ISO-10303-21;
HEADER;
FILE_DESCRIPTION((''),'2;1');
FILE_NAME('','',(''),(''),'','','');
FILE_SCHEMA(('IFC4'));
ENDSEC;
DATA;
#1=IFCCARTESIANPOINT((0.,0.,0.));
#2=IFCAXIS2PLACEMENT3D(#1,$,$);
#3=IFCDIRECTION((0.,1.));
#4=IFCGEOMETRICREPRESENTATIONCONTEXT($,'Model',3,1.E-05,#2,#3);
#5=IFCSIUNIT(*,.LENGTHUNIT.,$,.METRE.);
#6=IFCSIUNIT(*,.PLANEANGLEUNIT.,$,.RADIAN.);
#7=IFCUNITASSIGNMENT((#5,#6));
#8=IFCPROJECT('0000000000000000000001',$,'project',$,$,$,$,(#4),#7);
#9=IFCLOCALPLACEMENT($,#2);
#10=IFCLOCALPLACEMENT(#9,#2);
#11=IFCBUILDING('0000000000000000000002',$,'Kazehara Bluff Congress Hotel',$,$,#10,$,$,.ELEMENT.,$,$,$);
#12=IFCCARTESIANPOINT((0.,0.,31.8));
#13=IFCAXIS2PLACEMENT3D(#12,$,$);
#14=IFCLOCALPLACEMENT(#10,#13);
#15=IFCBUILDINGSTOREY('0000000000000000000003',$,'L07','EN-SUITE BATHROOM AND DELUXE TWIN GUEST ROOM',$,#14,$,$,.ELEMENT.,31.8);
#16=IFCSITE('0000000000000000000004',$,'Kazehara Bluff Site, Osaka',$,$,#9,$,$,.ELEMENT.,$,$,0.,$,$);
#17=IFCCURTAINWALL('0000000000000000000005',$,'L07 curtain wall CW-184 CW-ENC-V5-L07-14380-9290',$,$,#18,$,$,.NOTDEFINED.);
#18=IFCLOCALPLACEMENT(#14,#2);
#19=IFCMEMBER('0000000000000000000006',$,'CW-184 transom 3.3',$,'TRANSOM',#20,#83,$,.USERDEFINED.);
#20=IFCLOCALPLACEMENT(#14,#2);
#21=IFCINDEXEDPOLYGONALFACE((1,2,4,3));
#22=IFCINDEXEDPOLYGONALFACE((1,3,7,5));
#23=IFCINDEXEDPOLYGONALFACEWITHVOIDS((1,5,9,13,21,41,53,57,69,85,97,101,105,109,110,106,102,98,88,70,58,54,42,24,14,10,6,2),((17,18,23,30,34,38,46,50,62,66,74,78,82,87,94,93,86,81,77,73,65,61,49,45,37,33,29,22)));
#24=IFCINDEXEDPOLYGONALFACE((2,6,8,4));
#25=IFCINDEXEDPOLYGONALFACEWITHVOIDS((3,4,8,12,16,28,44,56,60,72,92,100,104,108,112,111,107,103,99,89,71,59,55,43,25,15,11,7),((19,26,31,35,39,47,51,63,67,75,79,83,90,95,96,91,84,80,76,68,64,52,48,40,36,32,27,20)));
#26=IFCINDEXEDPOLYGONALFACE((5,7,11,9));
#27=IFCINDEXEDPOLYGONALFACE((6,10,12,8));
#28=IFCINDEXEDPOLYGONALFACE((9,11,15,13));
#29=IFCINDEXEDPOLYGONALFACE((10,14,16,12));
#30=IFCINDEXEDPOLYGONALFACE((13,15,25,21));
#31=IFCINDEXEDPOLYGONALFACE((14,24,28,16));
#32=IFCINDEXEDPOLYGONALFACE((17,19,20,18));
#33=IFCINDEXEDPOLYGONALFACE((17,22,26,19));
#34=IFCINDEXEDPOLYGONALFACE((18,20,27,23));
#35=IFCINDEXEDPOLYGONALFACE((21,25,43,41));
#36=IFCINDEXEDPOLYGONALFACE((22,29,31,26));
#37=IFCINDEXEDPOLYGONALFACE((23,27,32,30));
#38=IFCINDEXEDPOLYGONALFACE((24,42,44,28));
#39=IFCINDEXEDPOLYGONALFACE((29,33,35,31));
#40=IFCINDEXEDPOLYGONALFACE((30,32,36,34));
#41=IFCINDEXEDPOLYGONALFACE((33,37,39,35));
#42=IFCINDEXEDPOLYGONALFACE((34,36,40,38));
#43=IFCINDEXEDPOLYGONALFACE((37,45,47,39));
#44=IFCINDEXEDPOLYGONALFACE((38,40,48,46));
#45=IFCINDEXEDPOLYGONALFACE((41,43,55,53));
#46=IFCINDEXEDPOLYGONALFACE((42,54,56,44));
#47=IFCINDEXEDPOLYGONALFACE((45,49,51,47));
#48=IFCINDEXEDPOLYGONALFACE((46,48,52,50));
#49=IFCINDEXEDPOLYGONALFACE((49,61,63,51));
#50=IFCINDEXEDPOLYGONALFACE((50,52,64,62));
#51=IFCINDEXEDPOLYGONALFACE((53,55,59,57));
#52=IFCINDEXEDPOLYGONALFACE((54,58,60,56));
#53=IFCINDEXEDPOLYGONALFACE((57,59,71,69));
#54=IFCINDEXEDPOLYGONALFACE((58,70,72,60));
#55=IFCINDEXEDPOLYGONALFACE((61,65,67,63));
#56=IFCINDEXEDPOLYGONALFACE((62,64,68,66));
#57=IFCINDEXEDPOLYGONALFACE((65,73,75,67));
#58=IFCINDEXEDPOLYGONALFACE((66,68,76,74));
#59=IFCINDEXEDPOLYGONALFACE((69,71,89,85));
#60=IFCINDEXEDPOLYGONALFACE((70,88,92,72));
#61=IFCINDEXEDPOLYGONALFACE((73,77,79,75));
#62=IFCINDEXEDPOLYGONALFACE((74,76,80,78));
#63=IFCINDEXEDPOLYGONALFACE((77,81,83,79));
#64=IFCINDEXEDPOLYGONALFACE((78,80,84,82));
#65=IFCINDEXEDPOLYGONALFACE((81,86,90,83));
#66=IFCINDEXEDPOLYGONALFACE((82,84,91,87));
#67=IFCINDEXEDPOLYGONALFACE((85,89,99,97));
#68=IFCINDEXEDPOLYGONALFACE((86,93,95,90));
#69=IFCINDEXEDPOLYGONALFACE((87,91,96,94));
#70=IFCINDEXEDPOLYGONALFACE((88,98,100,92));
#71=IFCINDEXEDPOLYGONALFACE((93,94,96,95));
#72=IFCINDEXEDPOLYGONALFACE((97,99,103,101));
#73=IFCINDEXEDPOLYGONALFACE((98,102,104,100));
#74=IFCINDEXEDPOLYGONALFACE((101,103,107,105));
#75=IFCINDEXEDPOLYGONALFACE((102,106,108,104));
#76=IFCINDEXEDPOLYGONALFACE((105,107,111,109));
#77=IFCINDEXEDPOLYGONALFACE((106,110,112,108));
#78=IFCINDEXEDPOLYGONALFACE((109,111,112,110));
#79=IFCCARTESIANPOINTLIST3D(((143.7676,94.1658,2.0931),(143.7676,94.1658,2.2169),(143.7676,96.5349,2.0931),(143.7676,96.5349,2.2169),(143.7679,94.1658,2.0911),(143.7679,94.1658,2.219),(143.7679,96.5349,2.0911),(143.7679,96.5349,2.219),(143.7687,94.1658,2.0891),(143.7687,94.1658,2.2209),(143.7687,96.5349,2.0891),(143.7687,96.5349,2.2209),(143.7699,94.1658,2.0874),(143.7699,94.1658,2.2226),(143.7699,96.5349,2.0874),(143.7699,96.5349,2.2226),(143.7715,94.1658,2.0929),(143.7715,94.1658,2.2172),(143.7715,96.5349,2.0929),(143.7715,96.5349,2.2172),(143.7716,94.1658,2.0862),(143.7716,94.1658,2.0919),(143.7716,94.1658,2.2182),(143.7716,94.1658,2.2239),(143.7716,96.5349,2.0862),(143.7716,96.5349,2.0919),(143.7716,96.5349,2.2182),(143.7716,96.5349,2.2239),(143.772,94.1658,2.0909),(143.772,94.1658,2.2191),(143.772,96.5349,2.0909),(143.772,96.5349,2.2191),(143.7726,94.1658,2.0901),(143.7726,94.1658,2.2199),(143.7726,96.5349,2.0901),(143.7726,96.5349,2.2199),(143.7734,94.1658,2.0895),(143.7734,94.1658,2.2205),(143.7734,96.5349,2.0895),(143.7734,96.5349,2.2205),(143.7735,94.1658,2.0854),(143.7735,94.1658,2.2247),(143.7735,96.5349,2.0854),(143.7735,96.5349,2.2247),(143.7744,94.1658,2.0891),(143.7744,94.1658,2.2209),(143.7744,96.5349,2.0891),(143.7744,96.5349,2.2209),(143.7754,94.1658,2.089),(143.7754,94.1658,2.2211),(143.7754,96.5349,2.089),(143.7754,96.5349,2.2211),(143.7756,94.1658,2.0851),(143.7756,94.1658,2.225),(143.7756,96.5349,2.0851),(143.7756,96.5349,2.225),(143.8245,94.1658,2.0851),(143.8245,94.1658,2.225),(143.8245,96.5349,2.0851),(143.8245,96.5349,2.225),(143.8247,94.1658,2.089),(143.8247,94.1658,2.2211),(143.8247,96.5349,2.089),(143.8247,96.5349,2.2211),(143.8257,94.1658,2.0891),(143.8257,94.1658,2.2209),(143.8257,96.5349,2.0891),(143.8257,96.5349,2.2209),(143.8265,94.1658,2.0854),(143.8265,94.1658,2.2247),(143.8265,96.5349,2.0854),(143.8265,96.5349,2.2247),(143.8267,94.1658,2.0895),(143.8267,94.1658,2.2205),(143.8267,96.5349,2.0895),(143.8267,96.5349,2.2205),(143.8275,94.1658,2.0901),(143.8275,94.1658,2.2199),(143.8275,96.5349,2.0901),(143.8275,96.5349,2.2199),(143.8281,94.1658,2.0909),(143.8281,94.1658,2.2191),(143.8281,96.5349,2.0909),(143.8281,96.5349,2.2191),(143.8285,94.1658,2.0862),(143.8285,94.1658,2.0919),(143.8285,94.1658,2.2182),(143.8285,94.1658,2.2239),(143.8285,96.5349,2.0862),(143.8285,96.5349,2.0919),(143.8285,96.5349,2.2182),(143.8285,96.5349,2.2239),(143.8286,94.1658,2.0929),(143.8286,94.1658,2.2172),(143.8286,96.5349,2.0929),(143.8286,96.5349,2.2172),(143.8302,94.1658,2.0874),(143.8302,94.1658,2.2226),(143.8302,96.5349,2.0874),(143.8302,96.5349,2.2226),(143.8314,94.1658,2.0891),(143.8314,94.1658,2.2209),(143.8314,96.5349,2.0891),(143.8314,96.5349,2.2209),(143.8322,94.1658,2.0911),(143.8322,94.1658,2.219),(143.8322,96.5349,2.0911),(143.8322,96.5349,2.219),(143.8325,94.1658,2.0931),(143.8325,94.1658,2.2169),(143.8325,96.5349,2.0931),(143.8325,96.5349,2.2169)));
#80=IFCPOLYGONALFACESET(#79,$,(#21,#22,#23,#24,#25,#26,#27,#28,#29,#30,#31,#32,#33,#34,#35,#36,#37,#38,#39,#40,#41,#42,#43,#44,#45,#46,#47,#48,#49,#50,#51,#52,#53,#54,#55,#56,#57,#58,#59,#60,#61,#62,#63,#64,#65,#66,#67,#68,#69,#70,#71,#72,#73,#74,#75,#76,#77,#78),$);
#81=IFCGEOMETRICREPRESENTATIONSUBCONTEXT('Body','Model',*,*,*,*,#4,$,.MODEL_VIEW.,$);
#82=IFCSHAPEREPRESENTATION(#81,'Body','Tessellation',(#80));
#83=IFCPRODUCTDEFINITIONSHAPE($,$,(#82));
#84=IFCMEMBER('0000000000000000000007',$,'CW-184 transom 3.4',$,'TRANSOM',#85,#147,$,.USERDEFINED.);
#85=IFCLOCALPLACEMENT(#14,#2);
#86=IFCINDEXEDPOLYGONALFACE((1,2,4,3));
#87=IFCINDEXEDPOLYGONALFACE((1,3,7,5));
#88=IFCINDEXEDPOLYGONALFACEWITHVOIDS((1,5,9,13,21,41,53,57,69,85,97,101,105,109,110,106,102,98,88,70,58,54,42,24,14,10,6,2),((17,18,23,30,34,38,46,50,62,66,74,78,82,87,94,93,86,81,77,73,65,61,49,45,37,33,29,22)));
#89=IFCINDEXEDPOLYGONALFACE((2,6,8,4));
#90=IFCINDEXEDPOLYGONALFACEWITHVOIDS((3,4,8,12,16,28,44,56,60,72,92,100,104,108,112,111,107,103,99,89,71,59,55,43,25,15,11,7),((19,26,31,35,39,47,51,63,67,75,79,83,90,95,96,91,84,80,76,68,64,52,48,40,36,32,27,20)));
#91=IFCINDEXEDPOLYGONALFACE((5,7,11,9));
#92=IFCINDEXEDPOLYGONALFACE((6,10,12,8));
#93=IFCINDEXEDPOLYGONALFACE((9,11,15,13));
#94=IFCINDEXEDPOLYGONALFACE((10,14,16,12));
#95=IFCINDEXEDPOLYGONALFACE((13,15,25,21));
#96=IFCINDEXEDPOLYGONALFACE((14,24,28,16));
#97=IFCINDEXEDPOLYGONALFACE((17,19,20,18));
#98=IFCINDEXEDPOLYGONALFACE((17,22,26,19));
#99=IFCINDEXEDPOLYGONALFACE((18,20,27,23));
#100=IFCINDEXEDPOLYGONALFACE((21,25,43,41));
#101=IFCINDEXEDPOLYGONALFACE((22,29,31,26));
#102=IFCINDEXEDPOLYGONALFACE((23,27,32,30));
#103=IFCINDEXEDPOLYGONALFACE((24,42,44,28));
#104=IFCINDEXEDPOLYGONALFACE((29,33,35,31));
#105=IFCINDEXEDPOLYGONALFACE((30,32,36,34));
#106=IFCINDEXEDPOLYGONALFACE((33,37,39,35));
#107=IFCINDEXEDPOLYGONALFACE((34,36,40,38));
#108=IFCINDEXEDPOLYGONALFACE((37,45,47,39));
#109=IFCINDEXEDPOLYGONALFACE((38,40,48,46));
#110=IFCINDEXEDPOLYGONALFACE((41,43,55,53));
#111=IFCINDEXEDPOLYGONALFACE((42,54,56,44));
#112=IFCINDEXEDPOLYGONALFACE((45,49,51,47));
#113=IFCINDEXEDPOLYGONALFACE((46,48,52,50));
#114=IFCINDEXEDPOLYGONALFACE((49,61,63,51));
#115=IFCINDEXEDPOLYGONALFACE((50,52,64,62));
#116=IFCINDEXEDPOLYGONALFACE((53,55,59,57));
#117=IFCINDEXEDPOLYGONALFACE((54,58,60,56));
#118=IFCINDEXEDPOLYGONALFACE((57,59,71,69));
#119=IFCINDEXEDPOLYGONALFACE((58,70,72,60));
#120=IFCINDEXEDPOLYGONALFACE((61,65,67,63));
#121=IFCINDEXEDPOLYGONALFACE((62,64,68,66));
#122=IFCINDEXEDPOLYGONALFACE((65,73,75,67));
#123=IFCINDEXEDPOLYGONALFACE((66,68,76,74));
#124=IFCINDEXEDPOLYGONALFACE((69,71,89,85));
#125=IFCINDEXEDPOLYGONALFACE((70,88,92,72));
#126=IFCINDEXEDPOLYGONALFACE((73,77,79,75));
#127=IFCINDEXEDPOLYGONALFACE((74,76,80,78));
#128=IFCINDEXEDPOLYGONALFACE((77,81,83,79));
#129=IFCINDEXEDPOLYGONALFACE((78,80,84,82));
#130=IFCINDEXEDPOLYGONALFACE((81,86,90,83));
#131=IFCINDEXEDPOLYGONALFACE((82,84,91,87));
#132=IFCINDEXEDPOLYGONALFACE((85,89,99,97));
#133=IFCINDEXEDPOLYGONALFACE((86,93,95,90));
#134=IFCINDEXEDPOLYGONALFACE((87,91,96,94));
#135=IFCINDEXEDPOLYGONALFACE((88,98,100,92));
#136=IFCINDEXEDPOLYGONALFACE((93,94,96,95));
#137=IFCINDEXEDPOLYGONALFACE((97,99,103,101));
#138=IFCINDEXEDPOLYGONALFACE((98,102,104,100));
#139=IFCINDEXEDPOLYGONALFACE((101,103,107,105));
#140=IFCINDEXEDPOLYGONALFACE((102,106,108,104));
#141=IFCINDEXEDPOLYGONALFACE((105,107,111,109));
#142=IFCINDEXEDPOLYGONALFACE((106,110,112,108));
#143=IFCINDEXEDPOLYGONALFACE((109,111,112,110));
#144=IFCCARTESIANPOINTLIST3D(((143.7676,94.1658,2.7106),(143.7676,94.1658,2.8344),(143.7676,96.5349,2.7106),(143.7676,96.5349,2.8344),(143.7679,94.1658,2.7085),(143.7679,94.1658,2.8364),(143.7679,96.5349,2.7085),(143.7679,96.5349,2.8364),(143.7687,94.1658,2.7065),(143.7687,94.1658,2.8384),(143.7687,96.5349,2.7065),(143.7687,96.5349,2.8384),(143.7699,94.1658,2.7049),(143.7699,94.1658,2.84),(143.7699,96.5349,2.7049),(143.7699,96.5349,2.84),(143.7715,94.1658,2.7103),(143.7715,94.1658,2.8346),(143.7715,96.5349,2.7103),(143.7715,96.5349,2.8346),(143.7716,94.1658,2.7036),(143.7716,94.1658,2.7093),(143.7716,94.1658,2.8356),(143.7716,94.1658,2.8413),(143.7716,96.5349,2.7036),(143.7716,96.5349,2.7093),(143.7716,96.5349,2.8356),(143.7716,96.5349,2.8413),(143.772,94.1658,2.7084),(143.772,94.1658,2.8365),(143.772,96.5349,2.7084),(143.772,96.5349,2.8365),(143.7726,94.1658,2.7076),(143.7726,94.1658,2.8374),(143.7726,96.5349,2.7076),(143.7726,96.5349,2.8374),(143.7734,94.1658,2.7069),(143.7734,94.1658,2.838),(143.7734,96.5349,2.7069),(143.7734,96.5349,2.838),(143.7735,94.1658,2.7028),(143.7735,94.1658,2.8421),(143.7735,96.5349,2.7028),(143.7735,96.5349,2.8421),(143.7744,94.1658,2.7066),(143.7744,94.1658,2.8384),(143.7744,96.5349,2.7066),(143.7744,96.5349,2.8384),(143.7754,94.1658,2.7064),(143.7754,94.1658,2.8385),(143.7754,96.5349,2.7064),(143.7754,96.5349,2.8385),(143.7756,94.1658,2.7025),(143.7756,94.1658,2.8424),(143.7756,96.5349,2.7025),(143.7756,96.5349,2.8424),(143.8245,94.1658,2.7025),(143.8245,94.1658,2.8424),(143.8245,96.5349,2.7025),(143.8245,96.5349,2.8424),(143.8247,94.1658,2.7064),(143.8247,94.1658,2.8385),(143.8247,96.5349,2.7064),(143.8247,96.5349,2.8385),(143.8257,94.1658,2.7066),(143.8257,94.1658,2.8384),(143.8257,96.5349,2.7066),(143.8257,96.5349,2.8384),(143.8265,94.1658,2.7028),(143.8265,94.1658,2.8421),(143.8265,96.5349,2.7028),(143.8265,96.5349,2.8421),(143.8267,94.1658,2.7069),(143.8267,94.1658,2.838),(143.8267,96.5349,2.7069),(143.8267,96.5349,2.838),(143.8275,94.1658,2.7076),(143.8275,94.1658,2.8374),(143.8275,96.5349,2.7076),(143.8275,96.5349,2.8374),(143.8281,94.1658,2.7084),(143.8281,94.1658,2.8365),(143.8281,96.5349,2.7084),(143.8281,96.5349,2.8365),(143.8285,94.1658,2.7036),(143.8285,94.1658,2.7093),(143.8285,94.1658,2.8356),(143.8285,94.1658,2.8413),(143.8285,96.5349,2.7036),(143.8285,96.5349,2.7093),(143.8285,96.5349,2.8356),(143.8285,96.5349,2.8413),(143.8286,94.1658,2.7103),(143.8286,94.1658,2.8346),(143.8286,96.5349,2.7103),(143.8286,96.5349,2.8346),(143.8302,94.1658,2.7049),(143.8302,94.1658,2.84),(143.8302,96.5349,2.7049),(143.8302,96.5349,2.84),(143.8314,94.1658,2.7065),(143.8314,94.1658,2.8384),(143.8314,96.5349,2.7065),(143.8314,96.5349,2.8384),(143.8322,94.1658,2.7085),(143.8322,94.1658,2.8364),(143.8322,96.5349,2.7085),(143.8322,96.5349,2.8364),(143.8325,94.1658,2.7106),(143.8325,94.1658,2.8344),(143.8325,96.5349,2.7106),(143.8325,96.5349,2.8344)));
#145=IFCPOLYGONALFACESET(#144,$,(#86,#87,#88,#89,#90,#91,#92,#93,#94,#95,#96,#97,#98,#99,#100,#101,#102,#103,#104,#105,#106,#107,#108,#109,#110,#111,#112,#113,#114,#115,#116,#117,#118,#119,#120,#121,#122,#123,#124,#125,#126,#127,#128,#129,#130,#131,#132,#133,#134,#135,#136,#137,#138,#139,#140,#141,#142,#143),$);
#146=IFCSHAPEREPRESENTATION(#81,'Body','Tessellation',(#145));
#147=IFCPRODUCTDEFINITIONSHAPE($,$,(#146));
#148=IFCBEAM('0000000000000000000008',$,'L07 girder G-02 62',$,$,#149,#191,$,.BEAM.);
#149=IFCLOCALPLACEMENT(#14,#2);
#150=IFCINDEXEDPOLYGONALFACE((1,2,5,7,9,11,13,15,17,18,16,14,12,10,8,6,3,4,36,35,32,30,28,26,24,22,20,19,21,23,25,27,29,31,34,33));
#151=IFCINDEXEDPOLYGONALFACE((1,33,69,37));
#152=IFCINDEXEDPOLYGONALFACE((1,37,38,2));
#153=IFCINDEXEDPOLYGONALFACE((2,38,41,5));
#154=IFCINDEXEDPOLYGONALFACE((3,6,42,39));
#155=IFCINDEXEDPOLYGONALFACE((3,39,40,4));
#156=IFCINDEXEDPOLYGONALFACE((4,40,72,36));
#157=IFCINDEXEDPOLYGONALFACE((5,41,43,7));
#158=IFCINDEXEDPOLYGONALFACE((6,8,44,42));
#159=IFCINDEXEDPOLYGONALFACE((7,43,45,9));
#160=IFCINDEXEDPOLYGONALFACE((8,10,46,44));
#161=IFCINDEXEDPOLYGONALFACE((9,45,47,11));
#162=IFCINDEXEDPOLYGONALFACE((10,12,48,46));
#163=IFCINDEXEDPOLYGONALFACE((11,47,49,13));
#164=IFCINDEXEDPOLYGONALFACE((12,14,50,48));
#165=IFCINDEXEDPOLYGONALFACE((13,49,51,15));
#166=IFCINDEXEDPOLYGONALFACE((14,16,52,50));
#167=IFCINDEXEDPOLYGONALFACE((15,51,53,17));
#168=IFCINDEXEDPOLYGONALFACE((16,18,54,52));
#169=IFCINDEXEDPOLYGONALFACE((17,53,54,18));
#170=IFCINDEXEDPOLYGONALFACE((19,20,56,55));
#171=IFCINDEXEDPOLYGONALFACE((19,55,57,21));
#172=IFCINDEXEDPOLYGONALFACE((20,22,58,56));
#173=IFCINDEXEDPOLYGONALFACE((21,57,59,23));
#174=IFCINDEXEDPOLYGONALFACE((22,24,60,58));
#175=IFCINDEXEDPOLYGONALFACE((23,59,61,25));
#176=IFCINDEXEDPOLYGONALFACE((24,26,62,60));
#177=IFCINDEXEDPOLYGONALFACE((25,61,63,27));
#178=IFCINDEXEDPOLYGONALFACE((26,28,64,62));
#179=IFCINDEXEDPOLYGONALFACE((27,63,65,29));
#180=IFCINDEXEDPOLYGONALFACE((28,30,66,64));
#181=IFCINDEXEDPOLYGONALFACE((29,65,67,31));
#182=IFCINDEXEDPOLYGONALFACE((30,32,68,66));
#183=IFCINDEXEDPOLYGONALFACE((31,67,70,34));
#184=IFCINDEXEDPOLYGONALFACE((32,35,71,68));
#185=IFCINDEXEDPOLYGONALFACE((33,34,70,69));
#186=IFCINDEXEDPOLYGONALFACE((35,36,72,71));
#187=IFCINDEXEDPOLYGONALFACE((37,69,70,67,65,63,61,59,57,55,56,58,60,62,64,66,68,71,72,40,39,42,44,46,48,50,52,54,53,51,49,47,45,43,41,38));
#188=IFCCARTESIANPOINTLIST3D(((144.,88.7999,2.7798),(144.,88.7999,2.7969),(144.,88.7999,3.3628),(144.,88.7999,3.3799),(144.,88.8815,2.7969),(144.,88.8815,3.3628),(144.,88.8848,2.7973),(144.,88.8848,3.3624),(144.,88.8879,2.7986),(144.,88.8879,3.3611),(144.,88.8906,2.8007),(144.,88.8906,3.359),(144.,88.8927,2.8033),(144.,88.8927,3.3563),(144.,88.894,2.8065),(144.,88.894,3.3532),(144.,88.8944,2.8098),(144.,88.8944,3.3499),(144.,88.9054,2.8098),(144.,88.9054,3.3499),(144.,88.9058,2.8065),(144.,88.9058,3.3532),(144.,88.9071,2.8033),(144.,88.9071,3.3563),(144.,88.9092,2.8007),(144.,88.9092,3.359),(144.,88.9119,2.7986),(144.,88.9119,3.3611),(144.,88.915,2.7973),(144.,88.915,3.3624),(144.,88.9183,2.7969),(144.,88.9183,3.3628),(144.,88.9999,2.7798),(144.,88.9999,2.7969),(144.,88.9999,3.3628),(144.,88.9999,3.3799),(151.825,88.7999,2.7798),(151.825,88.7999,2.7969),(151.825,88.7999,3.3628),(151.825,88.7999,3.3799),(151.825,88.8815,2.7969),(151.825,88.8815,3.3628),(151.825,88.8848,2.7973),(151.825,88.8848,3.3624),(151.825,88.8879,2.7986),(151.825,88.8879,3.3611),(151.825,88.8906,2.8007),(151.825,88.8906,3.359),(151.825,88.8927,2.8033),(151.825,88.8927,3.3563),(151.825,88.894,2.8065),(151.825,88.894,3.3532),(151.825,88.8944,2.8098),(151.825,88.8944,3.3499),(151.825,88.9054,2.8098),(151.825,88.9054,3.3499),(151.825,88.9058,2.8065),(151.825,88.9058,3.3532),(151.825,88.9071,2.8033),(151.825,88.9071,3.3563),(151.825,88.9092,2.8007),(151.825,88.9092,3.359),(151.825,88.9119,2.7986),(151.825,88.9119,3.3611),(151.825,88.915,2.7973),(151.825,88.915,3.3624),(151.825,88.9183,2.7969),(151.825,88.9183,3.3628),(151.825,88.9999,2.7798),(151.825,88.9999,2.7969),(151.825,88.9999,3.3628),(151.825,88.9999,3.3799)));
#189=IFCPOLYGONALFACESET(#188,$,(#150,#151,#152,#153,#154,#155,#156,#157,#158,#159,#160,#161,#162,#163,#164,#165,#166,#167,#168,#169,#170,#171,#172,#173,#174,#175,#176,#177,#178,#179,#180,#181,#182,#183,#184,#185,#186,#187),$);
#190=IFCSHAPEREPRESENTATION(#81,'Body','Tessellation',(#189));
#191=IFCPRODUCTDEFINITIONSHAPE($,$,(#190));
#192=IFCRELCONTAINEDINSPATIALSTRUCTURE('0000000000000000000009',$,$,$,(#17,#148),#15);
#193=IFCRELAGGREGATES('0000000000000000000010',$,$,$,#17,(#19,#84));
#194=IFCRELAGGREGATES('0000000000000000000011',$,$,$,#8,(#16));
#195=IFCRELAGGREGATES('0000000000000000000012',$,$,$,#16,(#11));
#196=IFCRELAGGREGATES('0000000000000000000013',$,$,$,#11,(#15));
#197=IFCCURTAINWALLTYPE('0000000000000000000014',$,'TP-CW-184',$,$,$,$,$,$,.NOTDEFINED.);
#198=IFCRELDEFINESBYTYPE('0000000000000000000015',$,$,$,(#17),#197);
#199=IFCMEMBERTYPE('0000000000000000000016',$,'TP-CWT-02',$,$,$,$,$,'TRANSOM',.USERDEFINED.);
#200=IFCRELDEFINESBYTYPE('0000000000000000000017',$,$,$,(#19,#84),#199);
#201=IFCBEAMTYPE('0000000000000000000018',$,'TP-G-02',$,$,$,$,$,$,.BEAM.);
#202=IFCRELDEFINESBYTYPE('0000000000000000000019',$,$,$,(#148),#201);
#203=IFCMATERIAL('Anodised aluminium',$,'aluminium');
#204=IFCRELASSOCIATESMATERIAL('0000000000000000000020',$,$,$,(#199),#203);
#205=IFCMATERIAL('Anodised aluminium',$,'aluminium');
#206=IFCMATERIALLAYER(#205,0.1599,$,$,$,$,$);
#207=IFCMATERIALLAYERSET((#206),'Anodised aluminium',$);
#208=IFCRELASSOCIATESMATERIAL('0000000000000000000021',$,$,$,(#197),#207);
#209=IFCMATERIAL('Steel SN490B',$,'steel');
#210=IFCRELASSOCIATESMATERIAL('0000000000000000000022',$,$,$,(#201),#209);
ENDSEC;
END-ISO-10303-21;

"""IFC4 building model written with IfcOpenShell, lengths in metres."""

from ifc_helpers import new_model, si_unit, direction, frame, origin, origin_2d, place, context, subcontext, project, spatial, hollow_rectangle, i_section, extrude, material, layer, layer_set, material_profile, profile_set, type_object, element, aggregate, save


model = new_model("IFC4")

# Units and contexts
model_context = context("Model", 3, precision=1e-05, world=origin(), true_north=direction((0.0, 1.0)))
body_context = subcontext(model_context, "Body", "Model", "MODEL_VIEW")
ifc_project = project(units=[si_unit("LENGTHUNIT", "METRE"), si_unit("PLANEANGLEUNIT", "RADIAN")], contexts=[model_context])

# Site, building, storey
site_placement = place(None, origin())
site = spatial("IfcSite", under=ifc_project, at=site_placement, Name="Kazehara Bluff Site, Osaka", CompositionType="ELEMENT", RefElevation=0.0)
building_placement = place(site_placement, origin())
building = spatial("IfcBuilding", under=site, at=building_placement, Name="Kazehara Bluff Congress Hotel", CompositionType="ELEMENT")
storey_placement = place(building_placement, frame((0.0, 0.0, 31.8)))
storey = spatial("IfcBuildingStorey", under=building, at=storey_placement, Name="L07", Description="EN-SUITE BATHROOM AND DELUXE TWIN GUEST ROOM", CompositionType="ELEMENT", Elevation=31.8)

# Curtain wall, members
ifc_material_1 = material(Name="Anodised aluminium", Category="aluminium")
ifc_material_profile_1 = material_profile(ifc_material_1, hollow_rectangle(XDim=0.0649, YDim=0.1399, WallThickness=0.0039, InnerFilletRadius=0.0039, OuterFilletRadius=0.0081, at=origin_2d()))
ifc_profile_set_1 = profile_set([ifc_material_profile_1], Name="Anodised aluminium")
member_type_1 = type_object("IfcMemberType", Name="TP-CWT-02", ElementType="TRANSOM", PredefinedType="USERDEFINED", material=ifc_profile_set_1)
ifc_material_2 = material(Name="Anodised aluminium", Category="aluminium")
ifc_layer_1 = layer(ifc_material_2, 0.1599)
ifc_layer_set_1 = layer_set([ifc_layer_1], Name="Anodised aluminium")
curtain_wall_type_1 = type_object("IfcCurtainWallType", Name="TP-CW-184", PredefinedType="NOTDEFINED", material=ifc_layer_set_1)
curtain_wall_1_placement = place(storey_placement, origin())
curtain_wall_1 = element("IfcCurtainWall", 1, at=curtain_wall_1_placement, inside=storey, type_object=curtain_wall_type_1, Name="L07 curtain wall CW-184 CW-ENC-V5-L07-14380-9290", PredefinedType="NOTDEFINED")
member_1_placement = place(storey_placement, frame((143.8, 94.1658, 2.155), z_axis=(0.0, 1.0, 0.0), x_axis=(-1.0, 0.0, 0.0)))
member_1 = element("IfcMember", 2, at=member_1_placement, type_object=member_type_1, Name="CW-184 transom 3.3", ObjectType="TRANSOM", PredefinedType="USERDEFINED", context=body_context, shape_type="SweptSolid", body=[
    extrude(hollow_rectangle(XDim=0.0649, YDim=0.1399, WallThickness=0.0039, InnerFilletRadius=0.0039, OuterFilletRadius=0.0081, at=origin_2d()), origin(), (0.0, 0.0, 1.0), 2.3691),
])
member_2_placement = place(storey_placement, frame((143.8, 94.1658, 2.7725), z_axis=(0.0, 1.0, 0.0), x_axis=(-1.0, 0.0, 0.0)))
member_2 = element("IfcMember", 3, at=member_2_placement, type_object=member_type_1, Name="CW-184 transom 3.4", ObjectType="TRANSOM", PredefinedType="USERDEFINED", context=body_context, shape_type="SweptSolid", body=[
    extrude(hollow_rectangle(XDim=0.0649, YDim=0.1399, WallThickness=0.0039, InnerFilletRadius=0.0039, OuterFilletRadius=0.0081, at=origin_2d()), origin(), (0.0, 0.0, 1.0), 2.3691),
])

# Beam
ifc_material_3 = material(Name="Steel SN490B", Category="steel")
ifc_material_profile_2 = material_profile(ifc_material_3, i_section(OverallWidth=0.2, OverallDepth=0.6001, WebThickness=0.011, FlangeThickness=0.0171, FilletRadius=0.0129, at=origin_2d()))
ifc_profile_set_2 = profile_set([ifc_material_profile_2], Name="Steel SN490B")
beam_type_1 = type_object("IfcBeamType", Name="TP-G-02", PredefinedType="BEAM", material=ifc_profile_set_2)
for number, where, z_axis, x_axis, name in (
    (4, (144.0, 88.8999, 3.0798), (1.0, 0.0, 0.0), (0.0, 1.0, 0.0), "L07 girder G-02 62"),
):
    element("IfcBeam", number, at=place(storey_placement, frame(where, z_axis=z_axis, x_axis=x_axis)), inside=storey, type_object=beam_type_1, Name=name, PredefinedType="BEAM", context=body_context, shape_type="SweptSolid", body=[
        extrude(i_section(OverallWidth=0.2, OverallDepth=0.6001, WebThickness=0.011, FlangeThickness=0.0171, FilletRadius=0.0129, at=origin_2d()), origin(), (0.0, 0.0, 1.0), 7.825),
    ])

aggregate(curtain_wall_1, [member_1, member_2])

save(model, "model.ifc")
